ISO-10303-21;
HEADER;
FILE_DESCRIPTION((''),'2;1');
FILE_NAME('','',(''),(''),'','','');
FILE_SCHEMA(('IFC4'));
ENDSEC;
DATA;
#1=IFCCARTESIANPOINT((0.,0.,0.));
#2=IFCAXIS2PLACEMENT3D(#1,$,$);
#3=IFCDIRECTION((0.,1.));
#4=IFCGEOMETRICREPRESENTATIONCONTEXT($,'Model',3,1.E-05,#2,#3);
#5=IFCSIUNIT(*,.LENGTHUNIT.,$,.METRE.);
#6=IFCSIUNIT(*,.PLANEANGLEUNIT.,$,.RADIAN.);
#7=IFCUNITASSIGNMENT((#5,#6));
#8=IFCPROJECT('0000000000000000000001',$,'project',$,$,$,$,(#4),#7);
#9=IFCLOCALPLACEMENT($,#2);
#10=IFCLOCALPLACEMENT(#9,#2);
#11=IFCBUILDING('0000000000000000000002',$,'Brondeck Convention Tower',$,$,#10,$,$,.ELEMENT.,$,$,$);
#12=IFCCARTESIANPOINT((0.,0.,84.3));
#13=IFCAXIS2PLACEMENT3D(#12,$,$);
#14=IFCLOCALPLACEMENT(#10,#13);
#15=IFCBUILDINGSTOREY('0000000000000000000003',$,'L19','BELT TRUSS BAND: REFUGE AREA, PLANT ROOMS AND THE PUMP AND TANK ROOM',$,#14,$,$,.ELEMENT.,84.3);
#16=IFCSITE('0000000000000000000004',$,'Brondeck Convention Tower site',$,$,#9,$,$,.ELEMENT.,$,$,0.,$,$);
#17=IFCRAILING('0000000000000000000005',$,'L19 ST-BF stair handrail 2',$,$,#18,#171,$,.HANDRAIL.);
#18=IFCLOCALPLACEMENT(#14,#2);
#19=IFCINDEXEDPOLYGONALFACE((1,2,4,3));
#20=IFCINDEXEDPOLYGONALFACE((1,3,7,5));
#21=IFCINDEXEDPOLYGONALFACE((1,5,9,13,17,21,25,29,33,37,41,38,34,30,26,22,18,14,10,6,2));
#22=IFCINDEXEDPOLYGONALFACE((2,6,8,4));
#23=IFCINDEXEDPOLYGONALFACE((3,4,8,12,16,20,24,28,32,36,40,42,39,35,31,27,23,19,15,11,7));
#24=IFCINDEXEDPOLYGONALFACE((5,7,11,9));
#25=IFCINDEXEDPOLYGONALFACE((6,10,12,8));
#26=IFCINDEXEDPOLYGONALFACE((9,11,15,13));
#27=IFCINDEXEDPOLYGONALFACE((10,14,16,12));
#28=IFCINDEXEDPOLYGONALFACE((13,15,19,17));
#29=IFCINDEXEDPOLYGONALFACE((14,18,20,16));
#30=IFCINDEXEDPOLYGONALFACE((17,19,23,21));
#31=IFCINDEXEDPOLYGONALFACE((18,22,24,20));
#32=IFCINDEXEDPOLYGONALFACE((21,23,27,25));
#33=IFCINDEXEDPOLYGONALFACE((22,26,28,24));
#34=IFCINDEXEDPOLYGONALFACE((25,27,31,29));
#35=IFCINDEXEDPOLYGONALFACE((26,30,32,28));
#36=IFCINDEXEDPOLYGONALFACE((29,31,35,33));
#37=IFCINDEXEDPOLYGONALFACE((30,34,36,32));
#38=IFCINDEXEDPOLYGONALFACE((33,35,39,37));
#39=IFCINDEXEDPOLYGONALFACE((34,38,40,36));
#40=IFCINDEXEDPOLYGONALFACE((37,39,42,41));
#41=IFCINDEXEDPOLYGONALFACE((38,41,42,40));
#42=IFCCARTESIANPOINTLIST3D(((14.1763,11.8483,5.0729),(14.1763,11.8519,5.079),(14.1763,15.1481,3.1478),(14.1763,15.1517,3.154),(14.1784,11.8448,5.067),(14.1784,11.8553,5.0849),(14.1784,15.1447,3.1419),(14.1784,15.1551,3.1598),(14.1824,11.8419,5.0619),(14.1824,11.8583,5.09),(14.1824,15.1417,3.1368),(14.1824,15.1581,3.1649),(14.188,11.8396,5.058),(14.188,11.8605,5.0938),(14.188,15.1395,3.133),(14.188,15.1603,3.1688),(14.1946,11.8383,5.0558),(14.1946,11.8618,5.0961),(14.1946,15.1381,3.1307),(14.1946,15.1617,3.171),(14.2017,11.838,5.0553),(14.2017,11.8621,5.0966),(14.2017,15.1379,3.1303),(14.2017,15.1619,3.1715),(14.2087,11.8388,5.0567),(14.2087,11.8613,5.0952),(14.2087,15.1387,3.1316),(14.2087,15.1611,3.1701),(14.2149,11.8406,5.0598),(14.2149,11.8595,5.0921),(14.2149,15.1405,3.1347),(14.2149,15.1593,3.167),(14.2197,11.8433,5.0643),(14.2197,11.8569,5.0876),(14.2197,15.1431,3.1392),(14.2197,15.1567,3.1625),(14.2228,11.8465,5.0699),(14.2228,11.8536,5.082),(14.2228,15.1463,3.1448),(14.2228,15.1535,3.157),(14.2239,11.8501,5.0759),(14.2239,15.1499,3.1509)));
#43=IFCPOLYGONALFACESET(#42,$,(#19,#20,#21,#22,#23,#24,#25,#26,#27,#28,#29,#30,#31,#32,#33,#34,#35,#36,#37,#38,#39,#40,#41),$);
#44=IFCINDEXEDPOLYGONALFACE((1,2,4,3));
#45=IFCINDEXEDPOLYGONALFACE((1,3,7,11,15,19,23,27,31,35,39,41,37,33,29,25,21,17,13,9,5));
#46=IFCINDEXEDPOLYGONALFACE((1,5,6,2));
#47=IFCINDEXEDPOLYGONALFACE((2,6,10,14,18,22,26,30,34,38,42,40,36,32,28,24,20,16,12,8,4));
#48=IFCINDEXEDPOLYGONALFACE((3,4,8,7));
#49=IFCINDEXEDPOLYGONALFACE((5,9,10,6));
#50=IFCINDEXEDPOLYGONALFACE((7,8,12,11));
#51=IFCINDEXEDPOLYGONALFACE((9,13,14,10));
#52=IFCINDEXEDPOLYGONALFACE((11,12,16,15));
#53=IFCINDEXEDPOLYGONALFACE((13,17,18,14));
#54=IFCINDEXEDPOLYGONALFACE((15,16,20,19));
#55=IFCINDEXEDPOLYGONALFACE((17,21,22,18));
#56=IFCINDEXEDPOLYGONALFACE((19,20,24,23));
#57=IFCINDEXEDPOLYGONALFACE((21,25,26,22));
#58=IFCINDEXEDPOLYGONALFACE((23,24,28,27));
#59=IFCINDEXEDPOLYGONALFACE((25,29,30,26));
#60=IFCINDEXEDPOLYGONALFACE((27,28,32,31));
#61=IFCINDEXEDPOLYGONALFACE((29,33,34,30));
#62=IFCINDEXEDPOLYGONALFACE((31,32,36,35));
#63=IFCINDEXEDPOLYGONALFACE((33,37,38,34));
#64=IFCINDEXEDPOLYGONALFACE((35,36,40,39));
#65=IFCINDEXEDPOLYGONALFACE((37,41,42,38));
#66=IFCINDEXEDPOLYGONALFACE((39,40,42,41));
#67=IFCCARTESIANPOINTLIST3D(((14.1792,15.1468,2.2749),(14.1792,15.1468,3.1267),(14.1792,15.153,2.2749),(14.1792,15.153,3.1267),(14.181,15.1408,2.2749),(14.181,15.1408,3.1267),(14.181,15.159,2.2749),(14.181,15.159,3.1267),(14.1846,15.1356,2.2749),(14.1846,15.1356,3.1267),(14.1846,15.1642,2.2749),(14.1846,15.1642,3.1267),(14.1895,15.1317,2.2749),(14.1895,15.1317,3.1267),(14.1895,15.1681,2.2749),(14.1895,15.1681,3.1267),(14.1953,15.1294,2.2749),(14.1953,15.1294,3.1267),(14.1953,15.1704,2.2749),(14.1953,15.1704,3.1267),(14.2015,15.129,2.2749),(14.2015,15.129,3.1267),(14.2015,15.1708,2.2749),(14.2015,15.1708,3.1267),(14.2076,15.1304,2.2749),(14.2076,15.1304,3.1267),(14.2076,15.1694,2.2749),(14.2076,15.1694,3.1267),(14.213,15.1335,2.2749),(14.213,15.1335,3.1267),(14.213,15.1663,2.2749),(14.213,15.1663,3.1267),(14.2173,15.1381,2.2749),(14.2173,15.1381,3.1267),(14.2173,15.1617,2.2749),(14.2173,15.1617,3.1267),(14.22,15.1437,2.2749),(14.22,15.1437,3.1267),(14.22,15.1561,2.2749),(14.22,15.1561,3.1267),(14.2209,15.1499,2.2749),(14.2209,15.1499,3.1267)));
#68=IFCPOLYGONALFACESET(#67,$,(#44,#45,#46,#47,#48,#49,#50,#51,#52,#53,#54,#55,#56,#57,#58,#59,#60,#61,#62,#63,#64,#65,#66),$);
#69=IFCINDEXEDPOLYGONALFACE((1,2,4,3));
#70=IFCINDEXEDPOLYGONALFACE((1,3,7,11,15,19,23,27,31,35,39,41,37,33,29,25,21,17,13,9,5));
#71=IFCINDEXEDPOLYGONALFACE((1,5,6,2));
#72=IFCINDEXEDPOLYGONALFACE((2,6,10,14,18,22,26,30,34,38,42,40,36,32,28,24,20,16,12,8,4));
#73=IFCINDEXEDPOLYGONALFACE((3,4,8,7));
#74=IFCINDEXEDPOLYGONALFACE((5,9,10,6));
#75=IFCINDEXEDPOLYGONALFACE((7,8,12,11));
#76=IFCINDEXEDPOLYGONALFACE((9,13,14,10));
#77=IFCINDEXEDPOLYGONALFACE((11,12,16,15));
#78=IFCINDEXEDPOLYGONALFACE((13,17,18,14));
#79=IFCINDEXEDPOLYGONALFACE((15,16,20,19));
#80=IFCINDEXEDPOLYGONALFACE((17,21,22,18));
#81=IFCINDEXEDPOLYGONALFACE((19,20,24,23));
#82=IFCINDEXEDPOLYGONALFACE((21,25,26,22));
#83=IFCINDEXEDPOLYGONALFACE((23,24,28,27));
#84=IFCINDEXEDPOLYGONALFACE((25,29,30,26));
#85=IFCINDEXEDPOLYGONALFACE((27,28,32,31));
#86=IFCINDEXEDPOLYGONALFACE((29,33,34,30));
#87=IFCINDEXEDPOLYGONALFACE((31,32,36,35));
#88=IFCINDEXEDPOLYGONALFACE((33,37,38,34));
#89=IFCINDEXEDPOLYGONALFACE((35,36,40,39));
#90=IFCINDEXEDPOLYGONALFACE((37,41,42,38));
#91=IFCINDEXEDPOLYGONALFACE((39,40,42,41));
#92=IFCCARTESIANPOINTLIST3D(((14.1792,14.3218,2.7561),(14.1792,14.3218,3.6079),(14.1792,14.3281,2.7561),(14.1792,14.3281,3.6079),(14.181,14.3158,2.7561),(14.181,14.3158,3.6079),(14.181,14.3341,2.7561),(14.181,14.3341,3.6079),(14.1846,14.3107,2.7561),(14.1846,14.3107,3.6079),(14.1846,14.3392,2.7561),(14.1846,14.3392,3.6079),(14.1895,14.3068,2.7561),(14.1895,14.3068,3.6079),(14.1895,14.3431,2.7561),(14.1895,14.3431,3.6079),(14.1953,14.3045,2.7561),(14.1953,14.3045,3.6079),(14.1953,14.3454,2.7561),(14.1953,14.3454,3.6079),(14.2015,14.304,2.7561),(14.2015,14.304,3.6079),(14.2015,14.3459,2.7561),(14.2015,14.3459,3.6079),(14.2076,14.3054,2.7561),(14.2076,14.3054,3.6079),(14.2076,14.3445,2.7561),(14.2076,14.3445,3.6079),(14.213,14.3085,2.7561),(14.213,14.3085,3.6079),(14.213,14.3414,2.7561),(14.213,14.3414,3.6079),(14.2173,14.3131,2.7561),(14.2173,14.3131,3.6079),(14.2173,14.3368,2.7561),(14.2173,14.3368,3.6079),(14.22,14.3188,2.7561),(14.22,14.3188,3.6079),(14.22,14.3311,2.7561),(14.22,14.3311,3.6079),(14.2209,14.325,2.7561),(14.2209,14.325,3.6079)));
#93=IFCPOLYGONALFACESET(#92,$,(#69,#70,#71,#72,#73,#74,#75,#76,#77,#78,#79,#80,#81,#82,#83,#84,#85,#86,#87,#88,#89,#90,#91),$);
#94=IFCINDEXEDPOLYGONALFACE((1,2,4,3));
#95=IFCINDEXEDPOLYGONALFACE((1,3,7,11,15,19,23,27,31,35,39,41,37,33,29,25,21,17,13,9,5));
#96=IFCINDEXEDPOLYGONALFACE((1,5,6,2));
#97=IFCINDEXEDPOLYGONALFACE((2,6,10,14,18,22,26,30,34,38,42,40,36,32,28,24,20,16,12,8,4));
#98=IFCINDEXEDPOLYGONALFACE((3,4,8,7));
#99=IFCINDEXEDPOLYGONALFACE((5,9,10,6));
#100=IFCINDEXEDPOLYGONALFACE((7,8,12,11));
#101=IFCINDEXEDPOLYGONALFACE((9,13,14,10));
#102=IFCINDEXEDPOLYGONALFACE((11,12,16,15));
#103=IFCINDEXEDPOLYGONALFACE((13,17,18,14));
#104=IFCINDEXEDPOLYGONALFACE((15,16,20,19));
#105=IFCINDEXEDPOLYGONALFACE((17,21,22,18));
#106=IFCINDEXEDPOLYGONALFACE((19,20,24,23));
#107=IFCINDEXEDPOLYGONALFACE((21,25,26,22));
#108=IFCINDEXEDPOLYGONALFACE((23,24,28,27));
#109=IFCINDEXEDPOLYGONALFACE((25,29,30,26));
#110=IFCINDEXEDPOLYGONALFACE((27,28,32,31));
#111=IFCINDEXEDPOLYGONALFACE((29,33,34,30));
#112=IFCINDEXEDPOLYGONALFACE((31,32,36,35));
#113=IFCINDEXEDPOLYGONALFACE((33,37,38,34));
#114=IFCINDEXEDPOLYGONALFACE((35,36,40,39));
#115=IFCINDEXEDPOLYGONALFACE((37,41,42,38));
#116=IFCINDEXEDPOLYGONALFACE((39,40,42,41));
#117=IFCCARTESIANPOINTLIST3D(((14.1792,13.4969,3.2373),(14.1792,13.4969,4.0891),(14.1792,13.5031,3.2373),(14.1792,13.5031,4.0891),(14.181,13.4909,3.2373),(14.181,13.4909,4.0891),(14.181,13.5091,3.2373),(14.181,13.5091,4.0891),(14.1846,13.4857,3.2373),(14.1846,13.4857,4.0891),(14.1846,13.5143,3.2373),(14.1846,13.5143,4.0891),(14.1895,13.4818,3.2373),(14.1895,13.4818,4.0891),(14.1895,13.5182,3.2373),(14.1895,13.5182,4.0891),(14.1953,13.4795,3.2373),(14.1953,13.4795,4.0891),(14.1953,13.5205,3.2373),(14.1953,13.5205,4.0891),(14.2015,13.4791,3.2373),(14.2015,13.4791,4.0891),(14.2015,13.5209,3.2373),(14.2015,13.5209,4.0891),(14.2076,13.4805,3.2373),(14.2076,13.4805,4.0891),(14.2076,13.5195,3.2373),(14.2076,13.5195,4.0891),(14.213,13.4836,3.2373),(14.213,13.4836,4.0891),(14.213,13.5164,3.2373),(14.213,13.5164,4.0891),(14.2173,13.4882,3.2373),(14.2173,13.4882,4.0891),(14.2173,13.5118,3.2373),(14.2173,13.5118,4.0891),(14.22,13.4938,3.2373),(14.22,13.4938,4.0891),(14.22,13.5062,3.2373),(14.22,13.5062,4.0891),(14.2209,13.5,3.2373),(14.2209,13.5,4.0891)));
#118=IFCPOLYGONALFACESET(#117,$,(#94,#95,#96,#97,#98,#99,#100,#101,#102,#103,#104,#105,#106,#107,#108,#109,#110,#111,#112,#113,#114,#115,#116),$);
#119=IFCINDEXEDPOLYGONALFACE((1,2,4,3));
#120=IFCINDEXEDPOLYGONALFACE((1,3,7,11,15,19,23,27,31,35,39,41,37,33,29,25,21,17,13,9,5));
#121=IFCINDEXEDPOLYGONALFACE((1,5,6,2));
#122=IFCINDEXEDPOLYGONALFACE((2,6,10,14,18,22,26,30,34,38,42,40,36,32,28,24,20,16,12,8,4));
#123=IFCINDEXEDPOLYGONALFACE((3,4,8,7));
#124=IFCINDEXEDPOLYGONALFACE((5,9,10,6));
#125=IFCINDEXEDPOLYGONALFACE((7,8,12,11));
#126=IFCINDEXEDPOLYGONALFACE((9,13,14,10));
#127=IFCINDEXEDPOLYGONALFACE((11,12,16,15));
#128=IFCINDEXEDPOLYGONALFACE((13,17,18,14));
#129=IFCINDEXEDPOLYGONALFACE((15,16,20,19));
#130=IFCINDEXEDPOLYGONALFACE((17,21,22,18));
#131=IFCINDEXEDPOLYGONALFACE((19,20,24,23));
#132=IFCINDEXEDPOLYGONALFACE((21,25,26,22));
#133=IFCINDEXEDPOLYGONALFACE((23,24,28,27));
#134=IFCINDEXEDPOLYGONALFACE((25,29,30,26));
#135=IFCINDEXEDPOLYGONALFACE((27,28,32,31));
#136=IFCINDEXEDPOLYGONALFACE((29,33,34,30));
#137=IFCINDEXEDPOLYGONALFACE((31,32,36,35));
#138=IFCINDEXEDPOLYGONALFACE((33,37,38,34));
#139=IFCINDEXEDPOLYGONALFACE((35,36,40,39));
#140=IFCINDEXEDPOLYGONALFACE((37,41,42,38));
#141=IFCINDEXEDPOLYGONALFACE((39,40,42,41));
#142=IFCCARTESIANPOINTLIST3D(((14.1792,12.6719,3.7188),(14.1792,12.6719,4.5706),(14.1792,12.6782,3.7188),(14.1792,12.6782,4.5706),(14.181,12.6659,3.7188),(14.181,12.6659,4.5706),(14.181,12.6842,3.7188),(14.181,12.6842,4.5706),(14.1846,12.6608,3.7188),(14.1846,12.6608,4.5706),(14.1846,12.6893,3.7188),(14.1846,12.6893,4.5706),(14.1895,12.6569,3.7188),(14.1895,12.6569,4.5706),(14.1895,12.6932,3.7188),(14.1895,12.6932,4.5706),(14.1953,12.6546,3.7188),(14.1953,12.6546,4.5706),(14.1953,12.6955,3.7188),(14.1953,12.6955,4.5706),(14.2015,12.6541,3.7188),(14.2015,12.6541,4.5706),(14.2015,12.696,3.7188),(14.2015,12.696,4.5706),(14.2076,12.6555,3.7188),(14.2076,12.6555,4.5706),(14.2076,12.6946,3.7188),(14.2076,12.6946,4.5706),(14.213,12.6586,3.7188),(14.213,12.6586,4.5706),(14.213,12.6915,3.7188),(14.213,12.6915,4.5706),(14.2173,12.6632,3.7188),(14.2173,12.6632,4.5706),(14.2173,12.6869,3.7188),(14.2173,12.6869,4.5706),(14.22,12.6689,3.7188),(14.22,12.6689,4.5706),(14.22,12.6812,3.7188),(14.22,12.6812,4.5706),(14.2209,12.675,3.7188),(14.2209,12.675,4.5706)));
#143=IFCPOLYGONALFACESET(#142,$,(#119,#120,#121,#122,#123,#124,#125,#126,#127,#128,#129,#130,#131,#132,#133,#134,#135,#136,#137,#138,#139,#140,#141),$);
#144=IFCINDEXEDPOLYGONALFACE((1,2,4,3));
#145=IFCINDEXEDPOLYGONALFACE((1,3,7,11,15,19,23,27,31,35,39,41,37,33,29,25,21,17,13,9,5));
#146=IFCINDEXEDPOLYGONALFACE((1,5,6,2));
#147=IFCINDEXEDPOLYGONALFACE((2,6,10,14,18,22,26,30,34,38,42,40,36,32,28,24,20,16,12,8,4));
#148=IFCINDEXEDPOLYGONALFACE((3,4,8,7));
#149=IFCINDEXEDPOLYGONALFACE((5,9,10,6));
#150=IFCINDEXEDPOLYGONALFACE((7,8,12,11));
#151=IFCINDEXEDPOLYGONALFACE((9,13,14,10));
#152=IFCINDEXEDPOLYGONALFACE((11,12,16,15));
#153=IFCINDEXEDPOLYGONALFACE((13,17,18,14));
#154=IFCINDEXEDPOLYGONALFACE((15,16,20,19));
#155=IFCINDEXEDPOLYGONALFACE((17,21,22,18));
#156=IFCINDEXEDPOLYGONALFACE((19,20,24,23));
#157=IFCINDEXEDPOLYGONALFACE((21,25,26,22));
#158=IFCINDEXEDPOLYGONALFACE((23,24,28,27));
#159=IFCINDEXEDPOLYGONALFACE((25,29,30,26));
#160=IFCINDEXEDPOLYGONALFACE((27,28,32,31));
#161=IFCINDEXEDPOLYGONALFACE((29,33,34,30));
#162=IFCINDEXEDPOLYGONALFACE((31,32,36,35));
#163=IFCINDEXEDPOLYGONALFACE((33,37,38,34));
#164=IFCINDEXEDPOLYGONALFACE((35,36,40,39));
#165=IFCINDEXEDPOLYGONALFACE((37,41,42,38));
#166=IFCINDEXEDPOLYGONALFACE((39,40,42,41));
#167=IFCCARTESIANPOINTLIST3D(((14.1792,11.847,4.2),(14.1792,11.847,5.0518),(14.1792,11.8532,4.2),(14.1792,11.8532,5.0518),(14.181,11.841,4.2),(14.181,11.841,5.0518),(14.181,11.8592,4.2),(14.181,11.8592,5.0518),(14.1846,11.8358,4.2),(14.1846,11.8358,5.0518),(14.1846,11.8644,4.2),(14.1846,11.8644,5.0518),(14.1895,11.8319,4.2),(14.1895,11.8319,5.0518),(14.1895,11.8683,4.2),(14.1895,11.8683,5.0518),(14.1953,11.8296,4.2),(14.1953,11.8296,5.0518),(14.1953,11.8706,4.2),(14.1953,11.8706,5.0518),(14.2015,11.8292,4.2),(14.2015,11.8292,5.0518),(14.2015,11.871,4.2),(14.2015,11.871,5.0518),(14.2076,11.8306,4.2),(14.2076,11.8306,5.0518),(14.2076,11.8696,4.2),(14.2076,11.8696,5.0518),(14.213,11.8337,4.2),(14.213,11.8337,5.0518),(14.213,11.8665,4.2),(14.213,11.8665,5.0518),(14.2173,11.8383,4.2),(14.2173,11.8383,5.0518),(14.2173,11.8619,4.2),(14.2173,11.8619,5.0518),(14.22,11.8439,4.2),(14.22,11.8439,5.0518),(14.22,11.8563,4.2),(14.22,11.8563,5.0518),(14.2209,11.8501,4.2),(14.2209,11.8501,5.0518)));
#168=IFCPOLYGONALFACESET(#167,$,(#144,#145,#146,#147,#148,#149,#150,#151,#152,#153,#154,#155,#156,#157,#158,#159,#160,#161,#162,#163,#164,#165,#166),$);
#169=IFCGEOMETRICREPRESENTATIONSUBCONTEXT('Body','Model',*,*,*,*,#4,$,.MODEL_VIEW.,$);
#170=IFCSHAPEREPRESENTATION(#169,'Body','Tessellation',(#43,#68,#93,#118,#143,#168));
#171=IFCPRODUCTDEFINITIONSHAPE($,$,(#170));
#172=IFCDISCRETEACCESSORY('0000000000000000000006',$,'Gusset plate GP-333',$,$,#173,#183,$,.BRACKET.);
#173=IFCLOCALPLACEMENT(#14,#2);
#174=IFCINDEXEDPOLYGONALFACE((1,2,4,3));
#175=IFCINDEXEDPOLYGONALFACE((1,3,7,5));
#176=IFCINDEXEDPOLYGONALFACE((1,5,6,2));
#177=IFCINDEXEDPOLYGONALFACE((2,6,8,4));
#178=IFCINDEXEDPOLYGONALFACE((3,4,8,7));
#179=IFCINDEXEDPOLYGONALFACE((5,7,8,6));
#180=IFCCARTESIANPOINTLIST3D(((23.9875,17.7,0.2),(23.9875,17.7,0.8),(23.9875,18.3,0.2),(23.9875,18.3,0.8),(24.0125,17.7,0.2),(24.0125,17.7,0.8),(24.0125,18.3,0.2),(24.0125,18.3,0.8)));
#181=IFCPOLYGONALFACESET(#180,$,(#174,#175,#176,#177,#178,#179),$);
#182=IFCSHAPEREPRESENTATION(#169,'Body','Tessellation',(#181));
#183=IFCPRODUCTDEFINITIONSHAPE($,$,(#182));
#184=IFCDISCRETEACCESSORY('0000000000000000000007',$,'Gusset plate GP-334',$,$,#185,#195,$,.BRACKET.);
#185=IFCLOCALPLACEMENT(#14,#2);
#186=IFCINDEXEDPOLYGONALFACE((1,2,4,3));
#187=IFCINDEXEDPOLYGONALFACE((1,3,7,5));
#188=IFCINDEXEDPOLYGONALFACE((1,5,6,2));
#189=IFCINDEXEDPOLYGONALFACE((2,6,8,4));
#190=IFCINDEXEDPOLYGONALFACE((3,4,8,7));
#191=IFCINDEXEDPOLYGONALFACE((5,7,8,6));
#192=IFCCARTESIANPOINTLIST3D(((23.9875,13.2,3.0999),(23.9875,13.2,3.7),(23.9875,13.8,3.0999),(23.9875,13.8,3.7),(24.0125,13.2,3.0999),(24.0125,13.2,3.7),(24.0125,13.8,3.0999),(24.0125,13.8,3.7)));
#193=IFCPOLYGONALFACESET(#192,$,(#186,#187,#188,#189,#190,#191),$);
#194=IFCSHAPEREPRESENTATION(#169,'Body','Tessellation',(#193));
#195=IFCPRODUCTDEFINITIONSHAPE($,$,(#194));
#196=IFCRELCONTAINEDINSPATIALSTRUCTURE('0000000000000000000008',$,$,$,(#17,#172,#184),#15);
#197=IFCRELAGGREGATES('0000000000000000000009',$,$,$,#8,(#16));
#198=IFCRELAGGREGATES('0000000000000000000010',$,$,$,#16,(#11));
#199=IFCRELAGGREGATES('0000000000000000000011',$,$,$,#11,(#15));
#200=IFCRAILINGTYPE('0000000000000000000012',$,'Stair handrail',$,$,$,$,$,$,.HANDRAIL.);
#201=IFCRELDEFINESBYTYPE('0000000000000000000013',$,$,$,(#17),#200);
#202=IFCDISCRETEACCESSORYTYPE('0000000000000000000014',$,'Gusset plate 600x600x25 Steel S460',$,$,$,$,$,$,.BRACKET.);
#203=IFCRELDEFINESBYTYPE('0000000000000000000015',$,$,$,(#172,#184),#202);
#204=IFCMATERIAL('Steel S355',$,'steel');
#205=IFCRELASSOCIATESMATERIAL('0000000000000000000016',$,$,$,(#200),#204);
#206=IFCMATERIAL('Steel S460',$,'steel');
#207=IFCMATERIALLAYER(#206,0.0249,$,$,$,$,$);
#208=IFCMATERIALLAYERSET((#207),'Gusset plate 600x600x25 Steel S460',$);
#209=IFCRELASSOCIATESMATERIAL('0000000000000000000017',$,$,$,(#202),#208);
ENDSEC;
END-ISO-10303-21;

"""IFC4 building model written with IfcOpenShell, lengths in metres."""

from ifc_helpers import new_model, si_unit, direction, frame, origin, origin_2d, place, context, subcontext, project, spatial, rectangle, circle, extrude, material, layer, layer_set, type_object, element, save


model = new_model("IFC4")

# Units and contexts
model_context = context("Model", 3, precision=1e-05, world=origin(), true_north=direction((0.0, 1.0)))
body_context = subcontext(model_context, "Body", "Model", "MODEL_VIEW")
ifc_project = project(units=[si_unit("LENGTHUNIT", "METRE"), si_unit("PLANEANGLEUNIT", "RADIAN")], contexts=[model_context])

# Site, building, storey
site_placement = place(None, origin())
site = spatial("IfcSite", under=ifc_project, at=site_placement, Name="Brondeck Convention Tower site", CompositionType="ELEMENT", RefElevation=0.0)
building_placement = place(site_placement, origin())
building = spatial("IfcBuilding", under=site, at=building_placement, Name="Brondeck Convention Tower", CompositionType="ELEMENT")
storey_placement = place(building_placement, frame((0.0, 0.0, 84.3)))
storey = spatial("IfcBuildingStorey", under=building, at=storey_placement, Name="L19", Description="BELT TRUSS BAND: REFUGE AREA, PLANT ROOMS AND THE PUMP AND TANK ROOM", CompositionType="ELEMENT", Elevation=84.3)

# Shared definitions
ifc_material_1 = material(Name="Steel S355", Category="steel")

# Shared definitions
ifc_material_2 = material(Name="Steel S460", Category="steel")

# Railing
railing_type_1 = type_object("IfcRailingType", Name="Stair handrail", PredefinedType="HANDRAIL", material=ifc_material_1)
railing_1_placement = place(storey_placement, frame((14.2, 15.1499, 2.2749)))
element("IfcRailing", 1, at=railing_1_placement, inside=storey, type_object=railing_type_1, Name="L19 ST-BF stair handrail 2", PredefinedType="HANDRAIL", context=body_context, shape_type="SweptSolid", body=[
    extrude(circle(Radius=0.0239, at=origin_2d()), frame((0.0, 0.0, 0.876), z_axis=(0.0, -0.86376, 0.503903), x_axis=(1.0, 0.0, 0.0)), (0.0, 0.0, 1.0), 3.8203),
    extrude(circle(Radius=0.021, at=origin_2d()), origin(), (0.0, 0.0, 1.0), 0.8518),
    extrude(circle(Radius=0.021, at=origin_2d()), frame((0.0, -0.825, 0.4812)), (0.0, 0.0, 1.0), 0.8518),
    extrude(circle(Radius=0.021, at=origin_2d()), frame((0.0, -1.6499, 0.9624)), (0.0, 0.0, 1.0), 0.8518),
    extrude(circle(Radius=0.021, at=origin_2d()), frame((0.0, -2.4749, 1.4438)), (0.0, 0.0, 1.0), 0.8518),
    extrude(circle(Radius=0.021, at=origin_2d()), frame((0.0, -3.2998, 1.925)), (0.0, 0.0, 1.0), 0.8518),
])

# Discrete accessories
ifc_layer_1 = layer(ifc_material_2, 0.0249)
ifc_layer_set_1 = layer_set([ifc_layer_1], Name="Gusset plate 600x600x25 Steel S460")
discrete_accessory_type = type_object("IfcDiscreteAccessoryType", Name="Gusset plate 600x600x25 Steel S460", PredefinedType="BRACKET", material=ifc_layer_set_1)
for number, where, z_axis, x_axis, name in (
    (2, (24.0, 18.0, 0.2), (0.0, 0.0, 1.0), (0.0, 1.0, 0.0), "Gusset plate GP-333"),
    (3, (24.0, 13.5, 3.0999), (0.0, 0.0, 1.0), (0.0, 1.0, 0.0), "Gusset plate GP-334"),
):
    element("IfcDiscreteAccessory", number, at=place(storey_placement, frame(where, z_axis=z_axis, x_axis=x_axis)), inside=storey, type_object=discrete_accessory_type, Name=name, PredefinedType="BRACKET", context=body_context, shape_type="SweptSolid", body=[
        extrude(rectangle(XDim=0.6001, YDim=0.0249, at=origin_2d()), origin(), (0.0, 0.0, 1.0), 0.6001),
    ])

save(model, "model.ifc")
